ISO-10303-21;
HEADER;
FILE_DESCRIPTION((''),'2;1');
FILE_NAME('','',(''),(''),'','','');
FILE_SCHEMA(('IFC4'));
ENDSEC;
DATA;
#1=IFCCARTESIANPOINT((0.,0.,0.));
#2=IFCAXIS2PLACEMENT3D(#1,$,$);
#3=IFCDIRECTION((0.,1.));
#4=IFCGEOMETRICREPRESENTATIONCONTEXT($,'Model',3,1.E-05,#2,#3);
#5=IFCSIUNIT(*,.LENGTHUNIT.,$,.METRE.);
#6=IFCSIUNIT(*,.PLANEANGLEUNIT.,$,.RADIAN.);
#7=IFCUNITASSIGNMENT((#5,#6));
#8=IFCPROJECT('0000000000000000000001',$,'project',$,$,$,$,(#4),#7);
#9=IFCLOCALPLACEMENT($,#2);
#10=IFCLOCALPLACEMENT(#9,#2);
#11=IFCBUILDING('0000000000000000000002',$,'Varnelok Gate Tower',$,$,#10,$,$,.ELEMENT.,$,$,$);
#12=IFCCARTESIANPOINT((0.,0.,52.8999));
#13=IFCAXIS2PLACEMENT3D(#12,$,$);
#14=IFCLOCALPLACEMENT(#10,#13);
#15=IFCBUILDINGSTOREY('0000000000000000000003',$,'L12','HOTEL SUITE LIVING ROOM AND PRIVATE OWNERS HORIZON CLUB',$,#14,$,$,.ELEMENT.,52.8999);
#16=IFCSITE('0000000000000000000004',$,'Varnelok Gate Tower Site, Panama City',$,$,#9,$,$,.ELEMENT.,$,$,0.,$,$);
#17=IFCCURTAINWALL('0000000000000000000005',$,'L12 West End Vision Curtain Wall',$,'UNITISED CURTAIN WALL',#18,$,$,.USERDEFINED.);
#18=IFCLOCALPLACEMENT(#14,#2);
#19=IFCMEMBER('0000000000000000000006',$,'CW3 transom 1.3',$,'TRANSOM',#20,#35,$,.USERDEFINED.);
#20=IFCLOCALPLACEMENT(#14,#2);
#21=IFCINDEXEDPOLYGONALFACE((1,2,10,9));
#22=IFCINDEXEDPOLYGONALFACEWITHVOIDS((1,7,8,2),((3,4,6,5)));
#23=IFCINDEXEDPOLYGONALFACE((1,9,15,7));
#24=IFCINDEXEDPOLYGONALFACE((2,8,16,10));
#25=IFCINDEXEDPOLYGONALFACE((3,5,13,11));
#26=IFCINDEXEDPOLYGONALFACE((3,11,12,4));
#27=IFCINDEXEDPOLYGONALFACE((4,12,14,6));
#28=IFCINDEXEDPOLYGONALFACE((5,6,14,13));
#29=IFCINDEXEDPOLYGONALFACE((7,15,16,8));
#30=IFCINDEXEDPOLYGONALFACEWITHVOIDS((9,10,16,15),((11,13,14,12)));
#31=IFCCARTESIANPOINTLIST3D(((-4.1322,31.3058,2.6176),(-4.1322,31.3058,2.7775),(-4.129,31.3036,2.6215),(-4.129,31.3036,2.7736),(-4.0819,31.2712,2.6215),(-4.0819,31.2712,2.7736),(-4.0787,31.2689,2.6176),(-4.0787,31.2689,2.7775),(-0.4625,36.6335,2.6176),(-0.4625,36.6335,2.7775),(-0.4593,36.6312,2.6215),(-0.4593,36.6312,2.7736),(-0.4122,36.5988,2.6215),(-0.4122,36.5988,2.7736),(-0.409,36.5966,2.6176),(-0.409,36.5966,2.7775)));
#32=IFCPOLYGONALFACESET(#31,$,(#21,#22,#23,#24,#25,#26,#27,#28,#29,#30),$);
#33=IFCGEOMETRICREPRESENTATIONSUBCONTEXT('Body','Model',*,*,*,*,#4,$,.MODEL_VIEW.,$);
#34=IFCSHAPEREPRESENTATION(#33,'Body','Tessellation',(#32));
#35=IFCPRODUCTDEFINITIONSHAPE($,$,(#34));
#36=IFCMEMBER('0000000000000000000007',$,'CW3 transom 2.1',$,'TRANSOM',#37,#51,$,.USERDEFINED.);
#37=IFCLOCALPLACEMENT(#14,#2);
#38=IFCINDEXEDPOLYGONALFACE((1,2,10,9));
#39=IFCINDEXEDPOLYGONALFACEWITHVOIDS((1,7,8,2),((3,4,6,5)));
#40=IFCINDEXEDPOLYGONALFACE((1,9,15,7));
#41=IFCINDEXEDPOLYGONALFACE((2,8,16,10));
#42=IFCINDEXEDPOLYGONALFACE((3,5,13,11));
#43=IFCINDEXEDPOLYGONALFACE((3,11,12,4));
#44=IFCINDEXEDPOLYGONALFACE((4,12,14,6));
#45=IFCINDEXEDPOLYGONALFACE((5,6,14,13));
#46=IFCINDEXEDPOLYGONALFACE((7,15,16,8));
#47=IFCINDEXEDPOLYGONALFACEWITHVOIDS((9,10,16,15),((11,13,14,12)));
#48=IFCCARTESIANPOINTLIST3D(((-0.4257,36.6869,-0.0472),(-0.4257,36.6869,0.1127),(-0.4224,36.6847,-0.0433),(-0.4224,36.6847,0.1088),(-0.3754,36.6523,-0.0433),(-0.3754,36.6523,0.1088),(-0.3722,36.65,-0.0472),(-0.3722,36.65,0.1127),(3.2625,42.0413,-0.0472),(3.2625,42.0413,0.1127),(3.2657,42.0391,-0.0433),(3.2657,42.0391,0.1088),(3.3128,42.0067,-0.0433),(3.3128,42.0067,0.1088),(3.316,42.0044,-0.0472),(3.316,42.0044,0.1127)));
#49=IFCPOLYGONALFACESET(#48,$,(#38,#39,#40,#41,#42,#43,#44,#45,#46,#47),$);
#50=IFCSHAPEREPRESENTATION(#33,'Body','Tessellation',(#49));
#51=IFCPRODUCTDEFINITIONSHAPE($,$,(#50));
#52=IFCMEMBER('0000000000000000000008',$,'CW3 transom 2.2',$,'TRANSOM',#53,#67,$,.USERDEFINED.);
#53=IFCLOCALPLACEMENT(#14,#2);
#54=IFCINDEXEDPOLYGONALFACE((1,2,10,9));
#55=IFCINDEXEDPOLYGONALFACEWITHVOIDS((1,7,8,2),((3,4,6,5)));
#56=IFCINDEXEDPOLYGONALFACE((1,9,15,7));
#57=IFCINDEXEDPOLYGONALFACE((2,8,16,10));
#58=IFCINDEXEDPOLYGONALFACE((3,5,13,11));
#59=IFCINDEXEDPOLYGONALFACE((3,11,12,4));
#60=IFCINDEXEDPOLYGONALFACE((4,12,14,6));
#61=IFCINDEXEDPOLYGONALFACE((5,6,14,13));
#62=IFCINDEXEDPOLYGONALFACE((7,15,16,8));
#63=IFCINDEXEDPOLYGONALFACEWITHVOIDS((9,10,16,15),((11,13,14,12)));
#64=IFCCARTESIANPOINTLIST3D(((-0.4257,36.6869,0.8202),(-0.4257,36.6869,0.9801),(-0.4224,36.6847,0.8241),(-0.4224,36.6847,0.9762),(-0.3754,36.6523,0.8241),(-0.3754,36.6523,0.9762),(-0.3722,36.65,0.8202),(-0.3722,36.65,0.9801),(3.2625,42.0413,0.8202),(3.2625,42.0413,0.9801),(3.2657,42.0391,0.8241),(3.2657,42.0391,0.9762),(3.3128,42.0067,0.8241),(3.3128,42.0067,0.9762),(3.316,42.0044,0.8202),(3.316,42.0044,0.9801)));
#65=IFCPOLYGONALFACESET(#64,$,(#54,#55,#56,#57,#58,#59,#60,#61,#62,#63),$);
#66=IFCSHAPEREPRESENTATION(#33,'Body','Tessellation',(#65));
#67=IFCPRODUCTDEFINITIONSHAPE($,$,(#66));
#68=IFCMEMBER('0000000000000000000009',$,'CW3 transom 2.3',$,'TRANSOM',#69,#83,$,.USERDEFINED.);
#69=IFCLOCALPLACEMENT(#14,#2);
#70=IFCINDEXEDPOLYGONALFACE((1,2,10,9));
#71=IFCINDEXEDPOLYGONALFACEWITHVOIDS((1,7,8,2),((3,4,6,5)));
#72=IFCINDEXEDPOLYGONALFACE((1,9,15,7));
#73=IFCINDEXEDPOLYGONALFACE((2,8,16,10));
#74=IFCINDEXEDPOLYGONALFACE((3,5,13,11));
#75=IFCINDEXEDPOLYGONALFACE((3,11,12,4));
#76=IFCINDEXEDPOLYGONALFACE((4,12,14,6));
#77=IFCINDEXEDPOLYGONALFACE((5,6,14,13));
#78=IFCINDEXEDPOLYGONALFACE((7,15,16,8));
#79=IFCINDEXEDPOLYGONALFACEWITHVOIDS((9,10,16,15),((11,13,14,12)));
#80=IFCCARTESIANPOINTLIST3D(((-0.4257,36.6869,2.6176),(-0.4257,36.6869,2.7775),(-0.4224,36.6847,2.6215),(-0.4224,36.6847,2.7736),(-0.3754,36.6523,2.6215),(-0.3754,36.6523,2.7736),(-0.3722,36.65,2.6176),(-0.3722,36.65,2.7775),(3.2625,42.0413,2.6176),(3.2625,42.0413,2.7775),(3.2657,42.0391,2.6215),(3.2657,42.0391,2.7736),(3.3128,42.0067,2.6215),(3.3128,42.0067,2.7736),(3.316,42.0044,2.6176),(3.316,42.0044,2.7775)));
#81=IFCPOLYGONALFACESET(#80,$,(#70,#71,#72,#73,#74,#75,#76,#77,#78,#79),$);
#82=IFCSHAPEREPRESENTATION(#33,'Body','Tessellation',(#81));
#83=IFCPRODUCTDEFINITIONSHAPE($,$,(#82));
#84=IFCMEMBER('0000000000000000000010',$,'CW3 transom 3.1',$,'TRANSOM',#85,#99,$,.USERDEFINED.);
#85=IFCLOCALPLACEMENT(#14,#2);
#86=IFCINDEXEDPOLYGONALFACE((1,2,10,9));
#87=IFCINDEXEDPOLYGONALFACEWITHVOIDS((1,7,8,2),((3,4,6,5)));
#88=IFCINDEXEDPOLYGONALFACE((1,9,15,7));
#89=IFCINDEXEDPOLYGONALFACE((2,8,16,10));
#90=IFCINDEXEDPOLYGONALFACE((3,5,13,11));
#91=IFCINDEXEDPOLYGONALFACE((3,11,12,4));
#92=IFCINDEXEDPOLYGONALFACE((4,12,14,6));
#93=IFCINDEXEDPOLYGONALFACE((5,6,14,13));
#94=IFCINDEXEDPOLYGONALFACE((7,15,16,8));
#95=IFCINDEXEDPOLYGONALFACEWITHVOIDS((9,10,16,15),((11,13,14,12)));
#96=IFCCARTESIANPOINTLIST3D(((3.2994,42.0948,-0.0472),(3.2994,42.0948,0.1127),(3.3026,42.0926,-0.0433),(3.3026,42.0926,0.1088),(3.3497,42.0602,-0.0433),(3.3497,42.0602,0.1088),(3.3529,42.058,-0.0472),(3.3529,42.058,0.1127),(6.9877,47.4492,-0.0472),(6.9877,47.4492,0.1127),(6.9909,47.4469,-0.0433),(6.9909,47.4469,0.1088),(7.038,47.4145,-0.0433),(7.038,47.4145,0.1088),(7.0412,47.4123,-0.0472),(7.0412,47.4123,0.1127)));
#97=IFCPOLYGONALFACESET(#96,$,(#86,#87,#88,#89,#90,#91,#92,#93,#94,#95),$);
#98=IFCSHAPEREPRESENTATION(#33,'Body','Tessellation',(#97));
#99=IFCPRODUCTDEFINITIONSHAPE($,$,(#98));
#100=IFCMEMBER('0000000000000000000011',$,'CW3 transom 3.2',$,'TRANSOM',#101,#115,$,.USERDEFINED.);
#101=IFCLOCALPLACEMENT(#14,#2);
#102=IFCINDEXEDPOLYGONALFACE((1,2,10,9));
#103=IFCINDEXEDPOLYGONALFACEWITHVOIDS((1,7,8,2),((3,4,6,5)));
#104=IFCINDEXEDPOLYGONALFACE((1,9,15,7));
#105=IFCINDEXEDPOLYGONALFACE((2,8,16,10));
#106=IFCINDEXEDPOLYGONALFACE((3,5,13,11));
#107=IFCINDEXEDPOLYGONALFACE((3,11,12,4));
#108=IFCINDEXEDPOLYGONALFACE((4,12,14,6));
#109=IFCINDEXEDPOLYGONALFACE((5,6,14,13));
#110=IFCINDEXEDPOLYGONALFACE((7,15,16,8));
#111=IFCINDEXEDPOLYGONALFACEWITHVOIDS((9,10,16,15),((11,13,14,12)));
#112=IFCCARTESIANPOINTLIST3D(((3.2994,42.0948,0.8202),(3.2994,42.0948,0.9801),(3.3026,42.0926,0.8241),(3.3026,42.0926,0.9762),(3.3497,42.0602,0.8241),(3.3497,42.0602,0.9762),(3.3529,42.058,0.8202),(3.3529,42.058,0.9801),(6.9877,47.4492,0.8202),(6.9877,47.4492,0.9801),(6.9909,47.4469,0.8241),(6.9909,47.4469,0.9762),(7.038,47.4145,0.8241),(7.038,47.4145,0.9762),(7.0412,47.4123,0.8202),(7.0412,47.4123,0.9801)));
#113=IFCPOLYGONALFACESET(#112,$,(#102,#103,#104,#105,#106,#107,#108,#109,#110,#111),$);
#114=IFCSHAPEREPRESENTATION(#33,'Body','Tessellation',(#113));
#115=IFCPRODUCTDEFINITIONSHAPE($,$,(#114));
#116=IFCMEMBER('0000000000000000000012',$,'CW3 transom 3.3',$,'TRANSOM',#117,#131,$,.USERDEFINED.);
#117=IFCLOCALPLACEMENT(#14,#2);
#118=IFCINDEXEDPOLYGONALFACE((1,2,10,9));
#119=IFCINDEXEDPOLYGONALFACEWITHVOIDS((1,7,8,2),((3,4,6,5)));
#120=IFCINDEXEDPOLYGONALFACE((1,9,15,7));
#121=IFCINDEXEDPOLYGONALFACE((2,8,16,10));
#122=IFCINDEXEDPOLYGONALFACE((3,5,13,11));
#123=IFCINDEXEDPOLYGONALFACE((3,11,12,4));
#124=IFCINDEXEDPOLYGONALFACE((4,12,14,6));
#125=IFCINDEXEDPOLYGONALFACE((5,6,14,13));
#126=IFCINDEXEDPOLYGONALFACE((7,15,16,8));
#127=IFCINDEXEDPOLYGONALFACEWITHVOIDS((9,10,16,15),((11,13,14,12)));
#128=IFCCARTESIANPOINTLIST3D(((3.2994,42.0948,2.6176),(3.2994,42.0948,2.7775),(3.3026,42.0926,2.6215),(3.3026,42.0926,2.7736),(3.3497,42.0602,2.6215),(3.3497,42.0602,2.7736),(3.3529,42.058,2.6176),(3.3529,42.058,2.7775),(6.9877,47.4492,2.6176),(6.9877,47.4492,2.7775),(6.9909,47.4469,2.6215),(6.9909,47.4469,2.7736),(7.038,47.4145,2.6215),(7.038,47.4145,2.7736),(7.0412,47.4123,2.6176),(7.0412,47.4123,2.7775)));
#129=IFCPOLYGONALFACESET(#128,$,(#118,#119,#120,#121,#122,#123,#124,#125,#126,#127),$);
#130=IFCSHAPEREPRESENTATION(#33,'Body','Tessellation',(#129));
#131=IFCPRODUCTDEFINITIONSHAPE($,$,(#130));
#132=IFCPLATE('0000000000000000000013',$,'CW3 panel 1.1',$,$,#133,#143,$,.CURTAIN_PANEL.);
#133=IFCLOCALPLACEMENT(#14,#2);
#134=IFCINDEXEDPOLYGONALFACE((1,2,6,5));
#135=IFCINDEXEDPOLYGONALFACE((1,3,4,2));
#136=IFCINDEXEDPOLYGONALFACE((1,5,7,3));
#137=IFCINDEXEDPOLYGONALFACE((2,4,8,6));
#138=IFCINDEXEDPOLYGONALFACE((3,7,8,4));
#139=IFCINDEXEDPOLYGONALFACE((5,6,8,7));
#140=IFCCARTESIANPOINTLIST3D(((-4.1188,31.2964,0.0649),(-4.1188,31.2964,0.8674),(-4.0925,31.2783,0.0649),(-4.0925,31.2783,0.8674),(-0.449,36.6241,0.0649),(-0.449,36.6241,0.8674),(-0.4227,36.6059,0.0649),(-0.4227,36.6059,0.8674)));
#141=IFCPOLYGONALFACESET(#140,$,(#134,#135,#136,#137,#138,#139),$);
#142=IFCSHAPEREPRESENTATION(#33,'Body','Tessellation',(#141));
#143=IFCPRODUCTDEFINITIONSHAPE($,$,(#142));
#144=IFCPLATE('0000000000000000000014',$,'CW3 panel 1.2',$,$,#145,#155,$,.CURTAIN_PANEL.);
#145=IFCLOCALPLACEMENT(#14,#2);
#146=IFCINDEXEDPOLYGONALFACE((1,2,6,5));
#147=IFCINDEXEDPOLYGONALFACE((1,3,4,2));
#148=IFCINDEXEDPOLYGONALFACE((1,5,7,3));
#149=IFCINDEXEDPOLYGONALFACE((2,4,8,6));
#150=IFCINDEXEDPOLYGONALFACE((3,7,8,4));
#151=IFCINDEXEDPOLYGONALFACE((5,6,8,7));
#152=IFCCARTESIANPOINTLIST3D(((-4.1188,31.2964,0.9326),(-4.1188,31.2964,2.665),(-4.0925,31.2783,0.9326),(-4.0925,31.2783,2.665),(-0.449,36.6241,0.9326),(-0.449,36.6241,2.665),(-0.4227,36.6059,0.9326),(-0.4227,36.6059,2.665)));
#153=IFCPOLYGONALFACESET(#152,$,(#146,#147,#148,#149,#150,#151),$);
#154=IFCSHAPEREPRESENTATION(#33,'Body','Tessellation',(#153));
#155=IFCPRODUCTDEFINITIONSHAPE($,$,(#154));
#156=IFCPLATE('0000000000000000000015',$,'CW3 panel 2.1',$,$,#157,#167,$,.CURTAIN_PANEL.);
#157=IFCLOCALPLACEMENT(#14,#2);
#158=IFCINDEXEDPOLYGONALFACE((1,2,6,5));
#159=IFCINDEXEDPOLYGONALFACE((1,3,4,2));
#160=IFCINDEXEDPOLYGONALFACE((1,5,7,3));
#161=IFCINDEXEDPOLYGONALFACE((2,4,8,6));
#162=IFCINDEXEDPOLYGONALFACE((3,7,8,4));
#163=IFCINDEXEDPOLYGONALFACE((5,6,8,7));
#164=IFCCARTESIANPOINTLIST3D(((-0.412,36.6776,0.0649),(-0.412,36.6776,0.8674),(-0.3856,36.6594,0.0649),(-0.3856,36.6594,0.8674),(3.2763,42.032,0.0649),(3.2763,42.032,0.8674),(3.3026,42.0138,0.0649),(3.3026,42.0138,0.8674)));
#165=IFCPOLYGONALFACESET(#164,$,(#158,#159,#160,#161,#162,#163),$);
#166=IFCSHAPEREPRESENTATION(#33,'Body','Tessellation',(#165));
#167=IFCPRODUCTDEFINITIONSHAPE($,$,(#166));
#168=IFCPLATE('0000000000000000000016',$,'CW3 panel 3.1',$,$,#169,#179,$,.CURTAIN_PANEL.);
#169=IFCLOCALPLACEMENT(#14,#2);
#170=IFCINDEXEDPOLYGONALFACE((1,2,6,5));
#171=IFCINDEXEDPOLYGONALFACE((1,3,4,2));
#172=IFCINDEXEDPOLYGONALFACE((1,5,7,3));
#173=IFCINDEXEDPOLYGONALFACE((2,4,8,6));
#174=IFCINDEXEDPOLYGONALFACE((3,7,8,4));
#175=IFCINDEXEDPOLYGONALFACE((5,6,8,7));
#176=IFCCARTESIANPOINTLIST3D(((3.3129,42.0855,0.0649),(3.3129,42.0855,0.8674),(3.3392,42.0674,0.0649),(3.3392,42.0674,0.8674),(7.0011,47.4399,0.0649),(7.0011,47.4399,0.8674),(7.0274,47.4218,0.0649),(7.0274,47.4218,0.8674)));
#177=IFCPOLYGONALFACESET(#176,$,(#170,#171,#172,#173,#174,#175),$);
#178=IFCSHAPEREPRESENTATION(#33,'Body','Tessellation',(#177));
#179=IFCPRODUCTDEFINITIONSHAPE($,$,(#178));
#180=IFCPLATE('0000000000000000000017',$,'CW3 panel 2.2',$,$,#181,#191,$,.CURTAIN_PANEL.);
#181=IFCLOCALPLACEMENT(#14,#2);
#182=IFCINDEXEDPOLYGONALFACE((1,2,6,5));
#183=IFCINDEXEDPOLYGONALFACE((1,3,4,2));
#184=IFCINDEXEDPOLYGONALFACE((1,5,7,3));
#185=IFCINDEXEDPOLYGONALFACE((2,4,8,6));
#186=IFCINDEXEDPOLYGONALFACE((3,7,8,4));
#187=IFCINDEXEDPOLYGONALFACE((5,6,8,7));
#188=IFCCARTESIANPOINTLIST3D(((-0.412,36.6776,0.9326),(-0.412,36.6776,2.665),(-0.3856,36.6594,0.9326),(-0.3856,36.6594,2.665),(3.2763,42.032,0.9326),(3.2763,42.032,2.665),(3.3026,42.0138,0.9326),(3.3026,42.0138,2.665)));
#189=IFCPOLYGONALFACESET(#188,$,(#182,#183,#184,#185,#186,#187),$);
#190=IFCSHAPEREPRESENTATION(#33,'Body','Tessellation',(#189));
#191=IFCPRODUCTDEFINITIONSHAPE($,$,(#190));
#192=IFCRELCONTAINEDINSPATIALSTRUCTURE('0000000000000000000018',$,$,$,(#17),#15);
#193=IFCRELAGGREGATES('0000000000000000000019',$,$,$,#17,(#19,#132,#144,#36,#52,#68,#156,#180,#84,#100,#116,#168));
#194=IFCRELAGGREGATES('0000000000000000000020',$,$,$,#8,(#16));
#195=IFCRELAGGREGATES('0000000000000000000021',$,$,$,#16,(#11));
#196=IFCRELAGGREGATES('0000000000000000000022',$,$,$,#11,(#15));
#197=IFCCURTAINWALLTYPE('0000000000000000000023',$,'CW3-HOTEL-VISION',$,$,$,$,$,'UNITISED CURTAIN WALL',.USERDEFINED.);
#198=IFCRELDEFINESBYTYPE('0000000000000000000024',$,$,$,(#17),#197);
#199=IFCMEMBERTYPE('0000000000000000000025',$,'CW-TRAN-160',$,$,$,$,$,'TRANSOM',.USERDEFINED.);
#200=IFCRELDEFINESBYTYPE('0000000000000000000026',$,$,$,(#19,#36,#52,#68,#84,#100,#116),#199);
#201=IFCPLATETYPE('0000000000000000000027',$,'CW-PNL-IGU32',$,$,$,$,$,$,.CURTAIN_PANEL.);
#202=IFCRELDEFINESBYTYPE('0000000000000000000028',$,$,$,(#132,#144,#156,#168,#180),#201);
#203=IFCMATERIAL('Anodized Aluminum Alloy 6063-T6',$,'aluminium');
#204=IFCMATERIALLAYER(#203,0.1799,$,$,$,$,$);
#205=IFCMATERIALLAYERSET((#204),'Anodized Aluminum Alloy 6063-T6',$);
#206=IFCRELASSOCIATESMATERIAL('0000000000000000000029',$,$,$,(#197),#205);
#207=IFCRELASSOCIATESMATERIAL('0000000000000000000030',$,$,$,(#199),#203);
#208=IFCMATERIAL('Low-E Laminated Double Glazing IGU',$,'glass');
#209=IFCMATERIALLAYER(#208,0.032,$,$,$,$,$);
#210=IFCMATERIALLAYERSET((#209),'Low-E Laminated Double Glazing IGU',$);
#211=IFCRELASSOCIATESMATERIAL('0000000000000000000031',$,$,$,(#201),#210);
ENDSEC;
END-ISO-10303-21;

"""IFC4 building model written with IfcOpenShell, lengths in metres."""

from ifc_helpers import new_model, si_unit, direction, frame, origin, origin_2d, place, context, subcontext, project, spatial, rectangle, hollow_rectangle, extrude, source, transform, mapped, material, layer, layer_set, material_profile, profile_set, type_object, element, aggregate, save


model = new_model("IFC4")

# Units and contexts
model_context = context("Model", 3, precision=1e-05, world=origin(), true_north=direction((0.0, 1.0)))
body_context = subcontext(model_context, "Body", "Model", "MODEL_VIEW")
ifc_project = project(units=[si_unit("LENGTHUNIT", "METRE"), si_unit("PLANEANGLEUNIT", "RADIAN")], contexts=[model_context])

# Site, building, storey
site_placement = place(None, origin())
site = spatial("IfcSite", under=ifc_project, at=site_placement, Name="Varnelok Gate Tower Site, Panama City", CompositionType="ELEMENT", RefElevation=0.0)
building_placement = place(site_placement, origin())
building = spatial("IfcBuilding", under=site, at=building_placement, Name="Varnelok Gate Tower", CompositionType="ELEMENT")
storey_placement = place(building_placement, frame((0.0, 0.0, 52.8999)))
storey = spatial("IfcBuildingStorey", under=building, at=storey_placement, Name="L12", Description="HOTEL SUITE LIVING ROOM AND PRIVATE OWNERS HORIZON CLUB", CompositionType="ELEMENT", Elevation=52.8999)

# Curtain wall, members, plates
ifc_material_1 = material(Name="Anodized Aluminum Alloy 6063-T6", Category="aluminium")
ifc_layer_1 = layer(ifc_material_1, 0.1799)
ifc_layer_set_1 = layer_set([ifc_layer_1], Name="Anodized Aluminum Alloy 6063-T6")
curtain_wall_type = type_object("IfcCurtainWallType", Name="CW3-HOTEL-VISION", ElementType="UNITISED CURTAIN WALL", PredefinedType="USERDEFINED", material=ifc_layer_set_1)
curtain_wall_placement = place(storey_placement, origin())
curtain_wall = element("IfcCurtainWall", 1, at=curtain_wall_placement, inside=storey, type_object=curtain_wall_type, Name="L12 West End Vision Curtain Wall", ObjectType="UNITISED CURTAIN WALL", PredefinedType="USERDEFINED")
ifc_material_profile_1 = material_profile(ifc_material_1, hollow_rectangle(XDim=0.0649, YDim=0.1599, WallThickness=0.0039, at=origin_2d()), Name="ALU160X65X4")
ifc_profile_set_1 = profile_set([ifc_material_profile_1], Name="Anodized Aluminum Alloy 6063-T6")
member_type_1 = type_object("IfcMemberType", Name="CW-TRAN-160", ElementType="TRANSOM", PredefinedType="USERDEFINED", material=ifc_profile_set_1)
member_1_placement = place(storey_placement, frame((-4.1055, 31.2874, 2.6975), z_axis=(0.567256, 0.823542, 0.0), x_axis=(-0.823542, 0.567256, 0.0)))
member_1 = element("IfcMember", 2, at=member_1_placement, type_object=member_type_1, Name="CW3 transom 1.3", ObjectType="TRANSOM", PredefinedType="USERDEFINED", context=body_context, shape_type="SweptSolid", body=[
    extrude(hollow_rectangle(XDim=0.0649, YDim=0.1599, WallThickness=0.0039, at=origin_2d()), origin(), (0.0, 0.0, 1.0), 6.4692),
])
member_2_placement = place(storey_placement, frame((-0.3989, 36.6685, 0.0327), z_axis=(0.567262, 0.823538, 0.0), x_axis=(-0.823538, 0.567262, 0.0)))
member_2 = element("IfcMember", 3, at=member_2_placement, type_object=member_type_1, Name="CW3 transom 2.1", ObjectType="TRANSOM", PredefinedType="USERDEFINED", context=body_context, shape_type="SweptSolid", body=[
    extrude(hollow_rectangle(XDim=0.0649, YDim=0.1599, WallThickness=0.0039, at=origin_2d()), origin(), (0.0, 0.0, 1.0), 6.5017),
])
member_3_placement = place(storey_placement, frame((-0.3989, 36.6685, 0.9001), z_axis=(0.567262, 0.823538, 0.0), x_axis=(-0.823538, 0.567262, 0.0)))
member_3 = element("IfcMember", 4, at=member_3_placement, type_object=member_type_1, Name="CW3 transom 2.2", ObjectType="TRANSOM", PredefinedType="USERDEFINED", context=body_context, shape_type="SweptSolid", body=[
    extrude(hollow_rectangle(XDim=0.0649, YDim=0.1599, WallThickness=0.0039, at=origin_2d()), origin(), (0.0, 0.0, 1.0), 6.5017),
])
member_4_placement = place(storey_placement, frame((-0.3989, 36.6685, 2.6975), z_axis=(0.567262, 0.823538, 0.0), x_axis=(-0.823538, 0.567262, 0.0)))
member_4 = element("IfcMember", 5, at=member_4_placement, type_object=member_type_1, Name="CW3 transom 2.3", ObjectType="TRANSOM", PredefinedType="USERDEFINED", context=body_context, shape_type="SweptSolid", body=[
    extrude(hollow_rectangle(XDim=0.0649, YDim=0.1599, WallThickness=0.0039, at=origin_2d()), origin(), (0.0, 0.0, 1.0), 6.5017),
])
member_5_placement = place(storey_placement, frame((3.3262, 42.0764, 0.0327), z_axis=(0.567279, 0.823526, 0.0), x_axis=(-0.823526, 0.567279, 0.0)))
member_5 = element("IfcMember", 6, at=member_5_placement, type_object=member_type_1, Name="CW3 transom 3.1", ObjectType="TRANSOM", PredefinedType="USERDEFINED", context=body_context, shape_type="SweptSolid", body=[
    extrude(hollow_rectangle(XDim=0.0649, YDim=0.1599, WallThickness=0.0039, at=origin_2d()), origin(), (0.0, 0.0, 1.0), 6.5017),
])
member_6_placement = place(storey_placement, frame((3.3262, 42.0764, 0.9001), z_axis=(0.567279, 0.823526, 0.0), x_axis=(-0.823526, 0.567279, 0.0)))
member_6 = element("IfcMember", 7, at=member_6_placement, type_object=member_type_1, Name="CW3 transom 3.2", ObjectType="TRANSOM", PredefinedType="USERDEFINED", context=body_context, shape_type="SweptSolid", body=[
    extrude(hollow_rectangle(XDim=0.0649, YDim=0.1599, WallThickness=0.0039, at=origin_2d()), origin(), (0.0, 0.0, 1.0), 6.5017),
])
member_7_placement = place(storey_placement, frame((3.3262, 42.0764, 2.6975), z_axis=(0.567279, 0.823526, 0.0), x_axis=(-0.823526, 0.567279, 0.0)))
member_7 = element("IfcMember", 8, at=member_7_placement, type_object=member_type_1, Name="CW3 transom 3.3", ObjectType="TRANSOM", PredefinedType="USERDEFINED", context=body_context, shape_type="SweptSolid", body=[
    extrude(hollow_rectangle(XDim=0.0649, YDim=0.1599, WallThickness=0.0039, at=origin_2d()), origin(), (0.0, 0.0, 1.0), 6.5017),
])
ifc_material_2 = material(Name="Low-E Laminated Double Glazing IGU", Category="glass")
ifc_layer_2 = layer(ifc_material_2, 0.032)
ifc_layer_set_2 = layer_set([ifc_layer_2], Name="Low-E Laminated Double Glazing IGU")
plate_type = type_object("IfcPlateType", Name="CW-PNL-IGU32", PredefinedType="CURTAIN_PANEL", material=ifc_layer_set_2)
shared_shape_1 = source(origin(), body_context, "Body", "SweptSolid", [
    extrude(rectangle(XDim=6.4692, YDim=0.032, at=origin_2d()), origin(), (0.0, 0.0, 1.0), 0.8025),
])
plate_1_placement = place(storey_placement, frame((-2.2708, 33.9512, 0.0649), z_axis=(0.0, 0.0, 1.0), x_axis=(0.567269, 0.823533, 0.0)))
plate_1 = element("IfcPlate", 9, at=plate_1_placement, type_object=plate_type, Name="CW3 panel 1.1", PredefinedType="CURTAIN_PANEL", context=body_context, shape_type="MappedRepresentation", body=[
    mapped(shared_shape_1, transform((0.0, 0.0, 0.0), scale=1.0)),
])
shared_shape_2 = source(origin(), body_context, "Body", "SweptSolid", [
    extrude(rectangle(XDim=6.4692, YDim=0.032, at=origin_2d()), origin(), (0.0, 0.0, 1.0), 1.7324),
])
plate_2_placement = place(storey_placement, frame((-2.2708, 33.9512, 0.9326), z_axis=(0.0, 0.0, 1.0), x_axis=(0.567269, 0.823533, 0.0)))
plate_2 = element("IfcPlate", 10, at=plate_2_placement, type_object=plate_type, Name="CW3 panel 1.2", PredefinedType="CURTAIN_PANEL", context=body_context, shape_type="MappedRepresentation", body=[
    mapped(shared_shape_2, transform((0.0, 0.0, 0.0), scale=1.0)),
])
shared_shape_3 = source(origin(), body_context, "Body", "SweptSolid", [
    extrude(rectangle(XDim=6.5017, YDim=0.032, at=origin_2d()), origin(), (0.0, 0.0, 1.0), 0.8025),
])
plate_3_placement = place(storey_placement, frame((1.4453, 39.3457, 0.0649), z_axis=(0.0, 0.0, 1.0), x_axis=(0.567269, 0.823533, 0.0)))
plate_3 = element("IfcPlate", 11, at=plate_3_placement, type_object=plate_type, Name="CW3 panel 2.1", PredefinedType="CURTAIN_PANEL", context=body_context, shape_type="MappedRepresentation", body=[
    mapped(shared_shape_3, transform((0.0, 0.0, 0.0), scale=1.0)),
])
plate_4_placement = place(storey_placement, frame((5.1702, 44.7537, 0.0649), z_axis=(0.0, 0.0, 1.0), x_axis=(0.567269, 0.823533, 0.0)))
plate_4 = element("IfcPlate", 12, at=plate_4_placement, type_object=plate_type, Name="CW3 panel 3.1", PredefinedType="CURTAIN_PANEL", context=body_context, shape_type="MappedRepresentation", body=[
    mapped(shared_shape_3, transform((0.0, 0.0, 0.0), scale=1.0)),
])
shared_shape_4 = source(origin(), body_context, "Body", "SweptSolid", [
    extrude(rectangle(XDim=6.5017, YDim=0.032, at=origin_2d()), origin(), (0.0, 0.0, 1.0), 1.7324),
])
plate_5_placement = place(storey_placement, frame((1.4453, 39.3457, 0.9326), z_axis=(0.0, 0.0, 1.0), x_axis=(0.567269, 0.823533, 0.0)))
plate_5 = element("IfcPlate", 13, at=plate_5_placement, type_object=plate_type, Name="CW3 panel 2.2", PredefinedType="CURTAIN_PANEL", context=body_context, shape_type="MappedRepresentation", body=[
    mapped(shared_shape_4, transform((0.0, 0.0, 0.0), scale=1.0)),
])
aggregate(curtain_wall, [member_1, plate_1, plate_2, member_2, member_3, member_4, plate_3, plate_5, member_5, member_6, member_7, plate_4])

save(model, "model.ifc")
